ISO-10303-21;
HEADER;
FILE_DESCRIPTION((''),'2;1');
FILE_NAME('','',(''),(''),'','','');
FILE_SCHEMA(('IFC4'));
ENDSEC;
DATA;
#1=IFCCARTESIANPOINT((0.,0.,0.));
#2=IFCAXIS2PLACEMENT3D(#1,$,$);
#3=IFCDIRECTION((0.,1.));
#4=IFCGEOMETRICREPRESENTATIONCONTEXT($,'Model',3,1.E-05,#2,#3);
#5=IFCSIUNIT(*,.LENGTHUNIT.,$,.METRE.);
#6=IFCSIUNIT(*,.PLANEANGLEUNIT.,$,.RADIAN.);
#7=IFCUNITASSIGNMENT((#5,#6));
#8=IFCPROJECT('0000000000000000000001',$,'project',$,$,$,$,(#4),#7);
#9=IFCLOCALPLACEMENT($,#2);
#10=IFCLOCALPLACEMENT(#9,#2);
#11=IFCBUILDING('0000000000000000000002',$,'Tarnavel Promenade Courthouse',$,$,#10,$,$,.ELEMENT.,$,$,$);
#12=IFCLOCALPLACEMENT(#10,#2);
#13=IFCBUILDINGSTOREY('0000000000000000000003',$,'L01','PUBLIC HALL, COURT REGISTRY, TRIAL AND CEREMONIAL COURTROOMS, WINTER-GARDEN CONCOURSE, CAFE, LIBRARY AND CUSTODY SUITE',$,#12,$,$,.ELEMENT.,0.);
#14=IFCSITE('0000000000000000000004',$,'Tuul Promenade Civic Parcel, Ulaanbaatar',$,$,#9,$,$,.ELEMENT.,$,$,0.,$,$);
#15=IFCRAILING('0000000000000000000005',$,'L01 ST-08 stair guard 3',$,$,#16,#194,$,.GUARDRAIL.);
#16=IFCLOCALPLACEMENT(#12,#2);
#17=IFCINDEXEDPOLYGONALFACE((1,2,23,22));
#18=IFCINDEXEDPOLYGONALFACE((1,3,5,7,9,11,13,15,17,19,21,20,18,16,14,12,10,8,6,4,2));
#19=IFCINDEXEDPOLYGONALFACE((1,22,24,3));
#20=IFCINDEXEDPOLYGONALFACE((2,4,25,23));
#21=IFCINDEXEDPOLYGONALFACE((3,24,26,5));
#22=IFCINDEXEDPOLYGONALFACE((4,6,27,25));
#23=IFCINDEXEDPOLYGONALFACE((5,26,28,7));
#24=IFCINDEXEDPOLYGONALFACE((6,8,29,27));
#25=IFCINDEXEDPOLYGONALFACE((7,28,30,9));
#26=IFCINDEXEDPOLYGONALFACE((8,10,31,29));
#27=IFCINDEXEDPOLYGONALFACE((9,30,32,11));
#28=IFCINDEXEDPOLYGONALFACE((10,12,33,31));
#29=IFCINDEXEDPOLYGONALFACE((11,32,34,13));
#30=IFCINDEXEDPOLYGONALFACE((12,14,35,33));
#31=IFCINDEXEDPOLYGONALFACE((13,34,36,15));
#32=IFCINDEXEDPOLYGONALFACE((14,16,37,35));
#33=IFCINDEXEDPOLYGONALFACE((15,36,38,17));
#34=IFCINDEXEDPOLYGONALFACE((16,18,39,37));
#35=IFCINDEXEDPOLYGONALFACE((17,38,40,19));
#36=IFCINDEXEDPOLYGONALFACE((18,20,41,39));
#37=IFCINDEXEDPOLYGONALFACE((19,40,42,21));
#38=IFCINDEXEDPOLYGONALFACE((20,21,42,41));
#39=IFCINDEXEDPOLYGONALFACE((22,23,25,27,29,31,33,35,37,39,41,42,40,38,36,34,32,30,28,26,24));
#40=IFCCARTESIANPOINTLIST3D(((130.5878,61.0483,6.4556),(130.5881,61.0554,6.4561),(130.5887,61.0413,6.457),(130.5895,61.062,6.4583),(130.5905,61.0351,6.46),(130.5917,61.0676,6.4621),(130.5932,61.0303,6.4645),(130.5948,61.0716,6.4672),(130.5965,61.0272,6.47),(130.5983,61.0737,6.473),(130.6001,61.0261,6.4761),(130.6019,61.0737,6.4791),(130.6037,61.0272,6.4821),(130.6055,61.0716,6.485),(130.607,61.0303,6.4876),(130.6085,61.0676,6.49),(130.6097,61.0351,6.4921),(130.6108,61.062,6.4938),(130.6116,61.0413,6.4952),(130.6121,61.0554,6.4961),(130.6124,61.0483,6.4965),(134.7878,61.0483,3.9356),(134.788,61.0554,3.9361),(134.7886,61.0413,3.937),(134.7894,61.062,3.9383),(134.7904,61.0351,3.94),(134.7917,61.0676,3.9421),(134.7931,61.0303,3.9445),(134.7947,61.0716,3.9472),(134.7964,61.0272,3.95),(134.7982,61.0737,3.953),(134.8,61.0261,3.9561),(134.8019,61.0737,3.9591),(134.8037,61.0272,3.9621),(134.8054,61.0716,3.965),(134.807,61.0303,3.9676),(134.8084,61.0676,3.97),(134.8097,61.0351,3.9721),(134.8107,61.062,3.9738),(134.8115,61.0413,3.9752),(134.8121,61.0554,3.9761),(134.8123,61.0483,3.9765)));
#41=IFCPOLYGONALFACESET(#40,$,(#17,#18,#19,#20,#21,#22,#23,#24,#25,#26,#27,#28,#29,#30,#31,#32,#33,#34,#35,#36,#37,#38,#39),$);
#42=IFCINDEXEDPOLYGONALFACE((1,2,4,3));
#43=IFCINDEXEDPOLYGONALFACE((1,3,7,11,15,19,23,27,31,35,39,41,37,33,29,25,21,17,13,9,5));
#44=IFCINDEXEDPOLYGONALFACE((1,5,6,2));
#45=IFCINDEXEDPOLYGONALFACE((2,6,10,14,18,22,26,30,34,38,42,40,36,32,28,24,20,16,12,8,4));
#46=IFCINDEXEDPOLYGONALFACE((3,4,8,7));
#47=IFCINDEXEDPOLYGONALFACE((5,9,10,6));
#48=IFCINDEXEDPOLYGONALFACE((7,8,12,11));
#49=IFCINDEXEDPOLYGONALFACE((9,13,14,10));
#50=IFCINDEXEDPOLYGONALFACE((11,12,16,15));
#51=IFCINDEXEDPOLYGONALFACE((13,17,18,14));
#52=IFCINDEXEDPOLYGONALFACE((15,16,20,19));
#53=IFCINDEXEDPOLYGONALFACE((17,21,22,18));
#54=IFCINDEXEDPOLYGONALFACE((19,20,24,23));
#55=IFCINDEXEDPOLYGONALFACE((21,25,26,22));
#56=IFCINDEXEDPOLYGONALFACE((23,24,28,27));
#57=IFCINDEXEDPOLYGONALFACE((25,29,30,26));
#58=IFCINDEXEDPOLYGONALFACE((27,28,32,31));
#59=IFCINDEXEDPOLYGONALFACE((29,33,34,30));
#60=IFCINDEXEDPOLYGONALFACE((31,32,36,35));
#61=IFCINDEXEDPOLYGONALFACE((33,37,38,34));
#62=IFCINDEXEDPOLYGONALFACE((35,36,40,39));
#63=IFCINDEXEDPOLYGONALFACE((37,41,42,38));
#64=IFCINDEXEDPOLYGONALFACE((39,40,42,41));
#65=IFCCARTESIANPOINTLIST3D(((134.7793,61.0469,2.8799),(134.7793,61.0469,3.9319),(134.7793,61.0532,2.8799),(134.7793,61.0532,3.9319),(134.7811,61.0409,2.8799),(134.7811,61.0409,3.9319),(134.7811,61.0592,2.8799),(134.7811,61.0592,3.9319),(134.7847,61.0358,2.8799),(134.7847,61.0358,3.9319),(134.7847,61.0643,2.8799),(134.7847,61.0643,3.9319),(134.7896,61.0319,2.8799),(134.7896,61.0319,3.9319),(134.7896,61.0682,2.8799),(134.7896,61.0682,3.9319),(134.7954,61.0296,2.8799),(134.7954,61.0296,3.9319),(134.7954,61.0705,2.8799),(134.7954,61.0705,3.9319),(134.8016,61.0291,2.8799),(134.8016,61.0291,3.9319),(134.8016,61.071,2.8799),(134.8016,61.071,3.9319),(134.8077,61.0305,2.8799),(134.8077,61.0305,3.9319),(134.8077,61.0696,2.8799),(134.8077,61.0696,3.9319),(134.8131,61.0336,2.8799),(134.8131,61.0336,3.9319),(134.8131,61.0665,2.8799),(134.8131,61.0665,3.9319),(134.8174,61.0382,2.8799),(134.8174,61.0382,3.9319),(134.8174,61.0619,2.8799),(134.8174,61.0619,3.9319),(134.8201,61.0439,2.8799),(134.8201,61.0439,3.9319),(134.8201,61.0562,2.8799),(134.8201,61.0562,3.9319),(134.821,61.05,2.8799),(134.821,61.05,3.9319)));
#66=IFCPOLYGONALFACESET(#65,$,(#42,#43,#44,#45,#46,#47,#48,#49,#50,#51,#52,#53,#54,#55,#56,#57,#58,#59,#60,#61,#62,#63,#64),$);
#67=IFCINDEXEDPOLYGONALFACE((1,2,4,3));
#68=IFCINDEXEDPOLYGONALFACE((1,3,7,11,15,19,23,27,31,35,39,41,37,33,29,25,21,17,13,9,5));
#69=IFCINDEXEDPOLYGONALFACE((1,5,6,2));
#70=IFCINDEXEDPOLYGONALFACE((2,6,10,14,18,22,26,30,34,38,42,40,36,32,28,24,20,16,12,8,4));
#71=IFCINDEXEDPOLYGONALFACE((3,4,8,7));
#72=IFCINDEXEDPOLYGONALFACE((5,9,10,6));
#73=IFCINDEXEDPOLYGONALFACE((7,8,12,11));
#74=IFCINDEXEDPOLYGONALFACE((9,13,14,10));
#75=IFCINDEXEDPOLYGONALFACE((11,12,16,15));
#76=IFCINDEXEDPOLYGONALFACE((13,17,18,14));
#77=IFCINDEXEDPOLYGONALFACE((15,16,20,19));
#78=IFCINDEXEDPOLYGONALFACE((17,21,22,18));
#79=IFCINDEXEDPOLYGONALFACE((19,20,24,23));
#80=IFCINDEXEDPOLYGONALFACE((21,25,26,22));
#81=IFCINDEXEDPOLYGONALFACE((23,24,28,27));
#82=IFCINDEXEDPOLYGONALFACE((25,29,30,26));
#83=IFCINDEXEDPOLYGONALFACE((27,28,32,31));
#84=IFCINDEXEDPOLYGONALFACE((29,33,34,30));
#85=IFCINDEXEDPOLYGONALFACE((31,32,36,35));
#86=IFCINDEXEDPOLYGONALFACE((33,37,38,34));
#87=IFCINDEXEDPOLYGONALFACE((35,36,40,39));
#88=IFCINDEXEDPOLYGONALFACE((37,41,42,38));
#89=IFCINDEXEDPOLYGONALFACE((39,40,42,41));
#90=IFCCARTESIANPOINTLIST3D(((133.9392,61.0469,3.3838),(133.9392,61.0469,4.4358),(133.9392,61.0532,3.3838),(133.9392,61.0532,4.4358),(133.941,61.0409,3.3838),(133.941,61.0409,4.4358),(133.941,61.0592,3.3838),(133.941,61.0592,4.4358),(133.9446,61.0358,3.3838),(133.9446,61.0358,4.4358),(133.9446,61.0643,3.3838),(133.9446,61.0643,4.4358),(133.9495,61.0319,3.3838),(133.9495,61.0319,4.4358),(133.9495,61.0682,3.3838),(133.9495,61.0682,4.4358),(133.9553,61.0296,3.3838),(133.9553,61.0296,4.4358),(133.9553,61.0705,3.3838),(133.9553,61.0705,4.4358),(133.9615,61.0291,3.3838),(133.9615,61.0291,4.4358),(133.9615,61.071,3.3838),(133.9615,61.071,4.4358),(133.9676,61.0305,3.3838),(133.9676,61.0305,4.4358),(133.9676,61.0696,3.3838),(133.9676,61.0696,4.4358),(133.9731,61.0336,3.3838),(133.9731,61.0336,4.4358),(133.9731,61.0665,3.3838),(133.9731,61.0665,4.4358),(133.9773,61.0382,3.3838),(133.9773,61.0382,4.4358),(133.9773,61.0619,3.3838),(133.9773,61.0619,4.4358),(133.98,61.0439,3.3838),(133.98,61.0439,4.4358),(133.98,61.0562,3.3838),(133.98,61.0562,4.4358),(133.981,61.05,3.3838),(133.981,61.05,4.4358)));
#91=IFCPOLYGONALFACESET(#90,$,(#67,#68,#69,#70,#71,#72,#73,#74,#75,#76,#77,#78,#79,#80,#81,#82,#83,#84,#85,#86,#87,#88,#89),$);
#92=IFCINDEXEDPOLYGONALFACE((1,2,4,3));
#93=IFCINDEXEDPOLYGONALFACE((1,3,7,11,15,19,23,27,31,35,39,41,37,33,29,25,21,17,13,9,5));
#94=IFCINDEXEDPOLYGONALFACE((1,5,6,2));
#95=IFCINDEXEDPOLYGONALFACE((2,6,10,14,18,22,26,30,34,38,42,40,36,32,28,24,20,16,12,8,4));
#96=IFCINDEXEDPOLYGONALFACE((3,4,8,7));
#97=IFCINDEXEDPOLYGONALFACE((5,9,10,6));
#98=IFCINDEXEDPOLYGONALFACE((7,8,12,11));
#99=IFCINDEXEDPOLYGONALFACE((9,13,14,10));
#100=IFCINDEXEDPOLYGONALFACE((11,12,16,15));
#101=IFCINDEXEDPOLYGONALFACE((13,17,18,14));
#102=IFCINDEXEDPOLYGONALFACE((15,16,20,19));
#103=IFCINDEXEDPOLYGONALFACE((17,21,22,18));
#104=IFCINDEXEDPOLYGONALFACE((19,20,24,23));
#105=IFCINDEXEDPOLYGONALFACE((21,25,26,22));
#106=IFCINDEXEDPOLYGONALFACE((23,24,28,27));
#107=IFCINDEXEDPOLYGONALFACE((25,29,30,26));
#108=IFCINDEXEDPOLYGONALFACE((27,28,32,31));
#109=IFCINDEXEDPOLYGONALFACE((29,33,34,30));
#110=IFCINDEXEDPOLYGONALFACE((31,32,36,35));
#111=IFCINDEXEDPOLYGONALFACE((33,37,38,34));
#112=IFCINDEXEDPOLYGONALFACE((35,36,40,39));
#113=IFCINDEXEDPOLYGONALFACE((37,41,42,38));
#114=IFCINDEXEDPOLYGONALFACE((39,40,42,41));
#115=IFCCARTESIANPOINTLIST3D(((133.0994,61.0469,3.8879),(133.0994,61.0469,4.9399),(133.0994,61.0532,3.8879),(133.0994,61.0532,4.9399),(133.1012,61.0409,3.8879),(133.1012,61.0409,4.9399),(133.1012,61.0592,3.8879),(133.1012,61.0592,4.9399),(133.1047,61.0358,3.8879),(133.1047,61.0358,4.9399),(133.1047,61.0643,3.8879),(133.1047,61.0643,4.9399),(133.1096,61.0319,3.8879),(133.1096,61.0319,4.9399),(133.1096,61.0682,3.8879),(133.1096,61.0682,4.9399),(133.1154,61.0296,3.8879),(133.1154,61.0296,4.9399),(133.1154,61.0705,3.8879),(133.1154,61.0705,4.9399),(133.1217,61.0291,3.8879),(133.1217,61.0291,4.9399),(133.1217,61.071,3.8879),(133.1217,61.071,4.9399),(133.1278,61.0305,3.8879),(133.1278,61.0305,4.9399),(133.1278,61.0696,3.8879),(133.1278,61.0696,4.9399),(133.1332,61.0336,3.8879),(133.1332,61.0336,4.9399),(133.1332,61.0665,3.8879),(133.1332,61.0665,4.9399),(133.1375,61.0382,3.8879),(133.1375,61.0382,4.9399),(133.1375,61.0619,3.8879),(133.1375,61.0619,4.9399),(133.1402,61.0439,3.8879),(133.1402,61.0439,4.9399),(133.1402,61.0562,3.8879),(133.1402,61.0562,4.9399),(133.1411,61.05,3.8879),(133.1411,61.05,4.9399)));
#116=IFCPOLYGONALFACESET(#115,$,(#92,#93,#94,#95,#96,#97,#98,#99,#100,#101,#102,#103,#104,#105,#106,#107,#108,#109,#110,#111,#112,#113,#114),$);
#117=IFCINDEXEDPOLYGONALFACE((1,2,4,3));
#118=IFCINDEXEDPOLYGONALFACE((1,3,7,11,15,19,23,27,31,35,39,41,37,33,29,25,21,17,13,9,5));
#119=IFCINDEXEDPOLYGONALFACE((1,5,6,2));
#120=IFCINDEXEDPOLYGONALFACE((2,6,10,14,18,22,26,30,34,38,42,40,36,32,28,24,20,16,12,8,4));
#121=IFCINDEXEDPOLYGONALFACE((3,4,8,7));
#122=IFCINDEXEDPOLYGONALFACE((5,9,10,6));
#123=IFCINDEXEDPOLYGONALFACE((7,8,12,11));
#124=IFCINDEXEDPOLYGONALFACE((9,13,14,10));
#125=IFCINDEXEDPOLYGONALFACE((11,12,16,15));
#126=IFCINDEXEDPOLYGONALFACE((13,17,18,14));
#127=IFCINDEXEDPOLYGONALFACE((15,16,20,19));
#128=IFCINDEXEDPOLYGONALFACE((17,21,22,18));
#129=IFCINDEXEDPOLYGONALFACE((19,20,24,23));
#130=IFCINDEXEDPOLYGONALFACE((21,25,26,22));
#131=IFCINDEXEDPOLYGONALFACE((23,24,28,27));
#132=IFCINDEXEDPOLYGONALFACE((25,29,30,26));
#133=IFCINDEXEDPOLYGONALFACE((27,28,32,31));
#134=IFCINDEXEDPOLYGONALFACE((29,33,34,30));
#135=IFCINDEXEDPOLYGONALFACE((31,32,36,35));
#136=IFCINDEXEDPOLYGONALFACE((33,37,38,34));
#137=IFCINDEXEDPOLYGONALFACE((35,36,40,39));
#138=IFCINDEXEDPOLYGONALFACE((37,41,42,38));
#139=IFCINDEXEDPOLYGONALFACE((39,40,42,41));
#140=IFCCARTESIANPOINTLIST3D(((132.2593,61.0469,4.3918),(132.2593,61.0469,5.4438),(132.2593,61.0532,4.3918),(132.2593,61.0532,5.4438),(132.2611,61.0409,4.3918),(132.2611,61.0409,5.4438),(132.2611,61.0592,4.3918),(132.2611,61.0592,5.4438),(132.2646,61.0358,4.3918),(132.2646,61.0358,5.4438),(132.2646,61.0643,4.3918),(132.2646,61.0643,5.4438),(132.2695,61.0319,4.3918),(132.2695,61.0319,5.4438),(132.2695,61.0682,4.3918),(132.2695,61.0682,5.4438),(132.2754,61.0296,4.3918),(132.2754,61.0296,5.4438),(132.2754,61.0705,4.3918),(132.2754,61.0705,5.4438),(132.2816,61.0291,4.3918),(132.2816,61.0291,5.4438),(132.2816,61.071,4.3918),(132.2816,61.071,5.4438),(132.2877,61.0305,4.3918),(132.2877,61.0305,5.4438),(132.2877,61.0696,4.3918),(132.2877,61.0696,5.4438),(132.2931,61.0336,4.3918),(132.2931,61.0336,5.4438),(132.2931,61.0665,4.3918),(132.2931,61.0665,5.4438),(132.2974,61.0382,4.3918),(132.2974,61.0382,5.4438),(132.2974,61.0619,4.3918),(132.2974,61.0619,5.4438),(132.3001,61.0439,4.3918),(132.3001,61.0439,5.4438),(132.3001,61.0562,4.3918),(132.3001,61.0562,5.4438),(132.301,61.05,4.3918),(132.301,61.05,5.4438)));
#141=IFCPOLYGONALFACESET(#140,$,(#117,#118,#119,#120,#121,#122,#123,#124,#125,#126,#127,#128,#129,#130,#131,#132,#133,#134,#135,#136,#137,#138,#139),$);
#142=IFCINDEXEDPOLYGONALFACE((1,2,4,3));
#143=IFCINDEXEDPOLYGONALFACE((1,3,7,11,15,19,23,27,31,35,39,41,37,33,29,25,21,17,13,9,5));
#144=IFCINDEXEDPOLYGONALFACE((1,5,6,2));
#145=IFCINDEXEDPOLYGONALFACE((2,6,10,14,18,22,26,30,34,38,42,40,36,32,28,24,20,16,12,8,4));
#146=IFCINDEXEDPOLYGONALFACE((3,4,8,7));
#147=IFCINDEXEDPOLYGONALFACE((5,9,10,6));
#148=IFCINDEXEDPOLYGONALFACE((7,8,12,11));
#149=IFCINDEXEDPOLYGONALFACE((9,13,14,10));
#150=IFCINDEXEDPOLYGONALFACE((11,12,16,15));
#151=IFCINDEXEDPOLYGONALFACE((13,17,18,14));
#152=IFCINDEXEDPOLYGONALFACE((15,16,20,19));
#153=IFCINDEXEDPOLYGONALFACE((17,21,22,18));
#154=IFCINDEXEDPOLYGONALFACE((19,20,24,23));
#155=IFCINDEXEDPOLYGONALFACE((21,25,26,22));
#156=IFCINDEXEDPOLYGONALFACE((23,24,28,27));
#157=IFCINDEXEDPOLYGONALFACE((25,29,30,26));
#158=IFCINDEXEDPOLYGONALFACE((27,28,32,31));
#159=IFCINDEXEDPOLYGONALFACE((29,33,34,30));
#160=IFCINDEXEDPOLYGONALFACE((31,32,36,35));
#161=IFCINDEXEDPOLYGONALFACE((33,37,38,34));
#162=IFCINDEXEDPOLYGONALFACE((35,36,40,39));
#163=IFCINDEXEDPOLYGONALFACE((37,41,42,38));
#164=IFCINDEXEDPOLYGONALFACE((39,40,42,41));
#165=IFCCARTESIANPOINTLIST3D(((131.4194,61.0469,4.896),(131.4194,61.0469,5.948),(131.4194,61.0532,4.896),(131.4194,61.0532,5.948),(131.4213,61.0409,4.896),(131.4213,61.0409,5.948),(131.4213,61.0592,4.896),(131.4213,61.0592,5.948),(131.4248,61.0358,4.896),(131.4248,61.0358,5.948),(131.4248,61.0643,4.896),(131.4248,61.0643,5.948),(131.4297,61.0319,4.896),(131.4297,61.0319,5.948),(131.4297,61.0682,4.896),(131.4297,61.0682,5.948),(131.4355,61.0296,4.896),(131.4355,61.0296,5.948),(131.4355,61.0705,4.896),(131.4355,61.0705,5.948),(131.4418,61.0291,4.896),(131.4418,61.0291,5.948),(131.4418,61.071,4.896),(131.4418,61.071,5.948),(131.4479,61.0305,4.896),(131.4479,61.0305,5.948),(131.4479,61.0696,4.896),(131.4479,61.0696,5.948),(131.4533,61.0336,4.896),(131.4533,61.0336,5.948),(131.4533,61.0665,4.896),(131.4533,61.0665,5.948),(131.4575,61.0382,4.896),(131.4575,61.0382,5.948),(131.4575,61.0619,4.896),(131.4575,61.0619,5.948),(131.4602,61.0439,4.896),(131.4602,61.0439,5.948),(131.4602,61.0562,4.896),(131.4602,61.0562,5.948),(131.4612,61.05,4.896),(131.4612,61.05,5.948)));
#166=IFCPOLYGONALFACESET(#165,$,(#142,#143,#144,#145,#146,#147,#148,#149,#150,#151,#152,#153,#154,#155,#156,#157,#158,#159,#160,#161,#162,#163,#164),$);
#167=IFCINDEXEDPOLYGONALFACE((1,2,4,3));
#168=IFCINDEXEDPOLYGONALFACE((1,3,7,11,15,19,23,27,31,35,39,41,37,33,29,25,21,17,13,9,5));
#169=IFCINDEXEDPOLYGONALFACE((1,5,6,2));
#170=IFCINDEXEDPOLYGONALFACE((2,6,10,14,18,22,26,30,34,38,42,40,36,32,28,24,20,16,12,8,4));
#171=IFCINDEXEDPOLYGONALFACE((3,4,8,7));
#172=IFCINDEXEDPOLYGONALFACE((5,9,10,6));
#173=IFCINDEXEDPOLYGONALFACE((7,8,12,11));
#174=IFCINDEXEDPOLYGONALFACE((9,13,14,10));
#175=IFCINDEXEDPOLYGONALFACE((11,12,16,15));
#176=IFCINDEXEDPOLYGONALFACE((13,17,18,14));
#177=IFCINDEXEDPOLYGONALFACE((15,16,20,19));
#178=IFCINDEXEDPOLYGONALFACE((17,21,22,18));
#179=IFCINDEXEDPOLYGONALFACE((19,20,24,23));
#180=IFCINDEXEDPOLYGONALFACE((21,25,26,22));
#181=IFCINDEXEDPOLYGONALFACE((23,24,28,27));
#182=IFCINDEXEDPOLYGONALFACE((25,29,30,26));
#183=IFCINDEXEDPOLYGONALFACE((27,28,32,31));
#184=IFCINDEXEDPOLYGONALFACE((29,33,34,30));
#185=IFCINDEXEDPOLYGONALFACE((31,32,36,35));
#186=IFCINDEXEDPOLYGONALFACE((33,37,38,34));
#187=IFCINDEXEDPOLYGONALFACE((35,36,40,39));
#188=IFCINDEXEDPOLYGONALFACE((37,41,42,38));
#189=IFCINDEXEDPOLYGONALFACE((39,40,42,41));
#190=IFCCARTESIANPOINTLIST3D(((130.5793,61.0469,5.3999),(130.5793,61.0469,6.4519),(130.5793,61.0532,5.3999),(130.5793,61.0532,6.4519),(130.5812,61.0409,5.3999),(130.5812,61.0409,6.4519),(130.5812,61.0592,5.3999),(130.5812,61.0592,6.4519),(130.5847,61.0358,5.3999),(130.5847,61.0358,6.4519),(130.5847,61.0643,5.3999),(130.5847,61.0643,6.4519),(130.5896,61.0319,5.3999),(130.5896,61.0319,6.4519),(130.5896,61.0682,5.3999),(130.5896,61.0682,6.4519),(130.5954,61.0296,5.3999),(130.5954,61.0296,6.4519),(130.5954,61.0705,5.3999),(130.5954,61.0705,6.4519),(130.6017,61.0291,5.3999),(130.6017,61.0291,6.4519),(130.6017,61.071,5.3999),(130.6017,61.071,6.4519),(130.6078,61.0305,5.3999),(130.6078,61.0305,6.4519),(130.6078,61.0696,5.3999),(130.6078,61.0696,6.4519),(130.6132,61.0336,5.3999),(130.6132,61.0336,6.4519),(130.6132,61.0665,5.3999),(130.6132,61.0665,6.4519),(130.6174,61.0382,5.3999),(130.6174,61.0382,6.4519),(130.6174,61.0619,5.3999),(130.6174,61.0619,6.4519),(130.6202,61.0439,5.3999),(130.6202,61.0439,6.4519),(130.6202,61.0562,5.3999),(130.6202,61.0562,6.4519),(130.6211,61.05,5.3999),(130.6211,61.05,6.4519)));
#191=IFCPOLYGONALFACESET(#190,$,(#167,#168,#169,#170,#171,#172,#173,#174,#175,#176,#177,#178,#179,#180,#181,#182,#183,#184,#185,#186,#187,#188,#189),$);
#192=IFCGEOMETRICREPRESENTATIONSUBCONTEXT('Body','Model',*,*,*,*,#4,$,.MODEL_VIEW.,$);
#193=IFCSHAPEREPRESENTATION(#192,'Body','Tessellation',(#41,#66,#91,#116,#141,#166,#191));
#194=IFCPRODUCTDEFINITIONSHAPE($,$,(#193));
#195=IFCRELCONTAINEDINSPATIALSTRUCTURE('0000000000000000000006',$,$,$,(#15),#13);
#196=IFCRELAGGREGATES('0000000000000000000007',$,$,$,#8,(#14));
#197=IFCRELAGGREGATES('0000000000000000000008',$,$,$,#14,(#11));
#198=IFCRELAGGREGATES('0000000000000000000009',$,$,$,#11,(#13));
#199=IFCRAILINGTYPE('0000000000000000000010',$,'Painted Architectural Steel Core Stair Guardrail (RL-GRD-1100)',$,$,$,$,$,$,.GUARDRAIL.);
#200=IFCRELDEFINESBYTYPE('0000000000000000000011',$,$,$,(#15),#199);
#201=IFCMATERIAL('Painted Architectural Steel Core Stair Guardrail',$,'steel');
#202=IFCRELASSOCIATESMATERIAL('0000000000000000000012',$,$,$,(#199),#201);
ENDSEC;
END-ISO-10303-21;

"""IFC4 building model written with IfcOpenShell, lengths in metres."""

from ifc_helpers import new_model, si_unit, direction, frame, origin, origin_2d, place, context, subcontext, project, spatial, circle, extrude, material, type_object, element, save


model = new_model("IFC4")

# Units and contexts
model_context = context("Model", 3, precision=1e-05, world=origin(), true_north=direction((0.0, 1.0)))
body_context = subcontext(model_context, "Body", "Model", "MODEL_VIEW")
ifc_project = project(units=[si_unit("LENGTHUNIT", "METRE"), si_unit("PLANEANGLEUNIT", "RADIAN")], contexts=[model_context])

# Site, building, storey
site_placement = place(None, origin())
site = spatial("IfcSite", under=ifc_project, at=site_placement, Name="Tuul Promenade Civic Parcel, Ulaanbaatar", CompositionType="ELEMENT", RefElevation=0.0)
building_placement = place(site_placement, origin())
building = spatial("IfcBuilding", under=site, at=building_placement, Name="Tarnavel Promenade Courthouse", CompositionType="ELEMENT")
storey_placement = place(building_placement, origin())
storey = spatial("IfcBuildingStorey", under=building, at=storey_placement, Name="L01", Description="PUBLIC HALL, COURT REGISTRY, TRIAL AND CEREMONIAL COURTROOMS, WINTER-GARDEN CONCOURSE, CAFE, LIBRARY AND CUSTODY SUITE", CompositionType="ELEMENT", Elevation=0.0)

# Railing
ifc_material_1 = material(Name="Painted Architectural Steel Core Stair Guardrail", Category="steel")
railing_type_1 = type_object("IfcRailingType", Name="Painted Architectural Steel Core Stair Guardrail (RL-GRD-1100)", PredefinedType="GUARDRAIL", material=ifc_material_1)
railing_1_placement = place(storey_placement, frame((134.8, 61.05, 2.8799)))
element("IfcRailing", 1, at=railing_1_placement, inside=storey, type_object=railing_type_1, Name="L01 ST-08 stair guard 3", PredefinedType="GUARDRAIL", context=body_context, shape_type="SweptSolid", body=[
    extrude(circle(Radius=0.0239, at=origin_2d()), frame((0.0, 0.0, 1.0762), z_axis=(-0.857489, 0.0, 0.514503), x_axis=(0.0, -1.0, 0.0)), (0.0, 0.0, 1.0), 4.8979),
    extrude(circle(Radius=0.021, at=origin_2d()), origin(), (0.0, 0.0, 1.0), 1.052),
    extrude(circle(Radius=0.021, at=origin_2d()), frame((-0.8401, 0.0, 0.5039)), (0.0, 0.0, 1.0), 1.052),
    extrude(circle(Radius=0.021, at=origin_2d()), frame((-1.6799, 0.0, 1.0081)), (0.0, 0.0, 1.0), 1.052),
    extrude(circle(Radius=0.021, at=origin_2d()), frame((-2.52, 0.0, 1.512)), (0.0, 0.0, 1.0), 1.052),
    extrude(circle(Radius=0.021, at=origin_2d()), frame((-3.3599, 0.0, 2.0161)), (0.0, 0.0, 1.0), 1.052),
    extrude(circle(Radius=0.021, at=origin_2d()), frame((-4.2, 0.0, 2.52)), (0.0, 0.0, 1.0), 1.052),
])

save(model, "model.ifc")
